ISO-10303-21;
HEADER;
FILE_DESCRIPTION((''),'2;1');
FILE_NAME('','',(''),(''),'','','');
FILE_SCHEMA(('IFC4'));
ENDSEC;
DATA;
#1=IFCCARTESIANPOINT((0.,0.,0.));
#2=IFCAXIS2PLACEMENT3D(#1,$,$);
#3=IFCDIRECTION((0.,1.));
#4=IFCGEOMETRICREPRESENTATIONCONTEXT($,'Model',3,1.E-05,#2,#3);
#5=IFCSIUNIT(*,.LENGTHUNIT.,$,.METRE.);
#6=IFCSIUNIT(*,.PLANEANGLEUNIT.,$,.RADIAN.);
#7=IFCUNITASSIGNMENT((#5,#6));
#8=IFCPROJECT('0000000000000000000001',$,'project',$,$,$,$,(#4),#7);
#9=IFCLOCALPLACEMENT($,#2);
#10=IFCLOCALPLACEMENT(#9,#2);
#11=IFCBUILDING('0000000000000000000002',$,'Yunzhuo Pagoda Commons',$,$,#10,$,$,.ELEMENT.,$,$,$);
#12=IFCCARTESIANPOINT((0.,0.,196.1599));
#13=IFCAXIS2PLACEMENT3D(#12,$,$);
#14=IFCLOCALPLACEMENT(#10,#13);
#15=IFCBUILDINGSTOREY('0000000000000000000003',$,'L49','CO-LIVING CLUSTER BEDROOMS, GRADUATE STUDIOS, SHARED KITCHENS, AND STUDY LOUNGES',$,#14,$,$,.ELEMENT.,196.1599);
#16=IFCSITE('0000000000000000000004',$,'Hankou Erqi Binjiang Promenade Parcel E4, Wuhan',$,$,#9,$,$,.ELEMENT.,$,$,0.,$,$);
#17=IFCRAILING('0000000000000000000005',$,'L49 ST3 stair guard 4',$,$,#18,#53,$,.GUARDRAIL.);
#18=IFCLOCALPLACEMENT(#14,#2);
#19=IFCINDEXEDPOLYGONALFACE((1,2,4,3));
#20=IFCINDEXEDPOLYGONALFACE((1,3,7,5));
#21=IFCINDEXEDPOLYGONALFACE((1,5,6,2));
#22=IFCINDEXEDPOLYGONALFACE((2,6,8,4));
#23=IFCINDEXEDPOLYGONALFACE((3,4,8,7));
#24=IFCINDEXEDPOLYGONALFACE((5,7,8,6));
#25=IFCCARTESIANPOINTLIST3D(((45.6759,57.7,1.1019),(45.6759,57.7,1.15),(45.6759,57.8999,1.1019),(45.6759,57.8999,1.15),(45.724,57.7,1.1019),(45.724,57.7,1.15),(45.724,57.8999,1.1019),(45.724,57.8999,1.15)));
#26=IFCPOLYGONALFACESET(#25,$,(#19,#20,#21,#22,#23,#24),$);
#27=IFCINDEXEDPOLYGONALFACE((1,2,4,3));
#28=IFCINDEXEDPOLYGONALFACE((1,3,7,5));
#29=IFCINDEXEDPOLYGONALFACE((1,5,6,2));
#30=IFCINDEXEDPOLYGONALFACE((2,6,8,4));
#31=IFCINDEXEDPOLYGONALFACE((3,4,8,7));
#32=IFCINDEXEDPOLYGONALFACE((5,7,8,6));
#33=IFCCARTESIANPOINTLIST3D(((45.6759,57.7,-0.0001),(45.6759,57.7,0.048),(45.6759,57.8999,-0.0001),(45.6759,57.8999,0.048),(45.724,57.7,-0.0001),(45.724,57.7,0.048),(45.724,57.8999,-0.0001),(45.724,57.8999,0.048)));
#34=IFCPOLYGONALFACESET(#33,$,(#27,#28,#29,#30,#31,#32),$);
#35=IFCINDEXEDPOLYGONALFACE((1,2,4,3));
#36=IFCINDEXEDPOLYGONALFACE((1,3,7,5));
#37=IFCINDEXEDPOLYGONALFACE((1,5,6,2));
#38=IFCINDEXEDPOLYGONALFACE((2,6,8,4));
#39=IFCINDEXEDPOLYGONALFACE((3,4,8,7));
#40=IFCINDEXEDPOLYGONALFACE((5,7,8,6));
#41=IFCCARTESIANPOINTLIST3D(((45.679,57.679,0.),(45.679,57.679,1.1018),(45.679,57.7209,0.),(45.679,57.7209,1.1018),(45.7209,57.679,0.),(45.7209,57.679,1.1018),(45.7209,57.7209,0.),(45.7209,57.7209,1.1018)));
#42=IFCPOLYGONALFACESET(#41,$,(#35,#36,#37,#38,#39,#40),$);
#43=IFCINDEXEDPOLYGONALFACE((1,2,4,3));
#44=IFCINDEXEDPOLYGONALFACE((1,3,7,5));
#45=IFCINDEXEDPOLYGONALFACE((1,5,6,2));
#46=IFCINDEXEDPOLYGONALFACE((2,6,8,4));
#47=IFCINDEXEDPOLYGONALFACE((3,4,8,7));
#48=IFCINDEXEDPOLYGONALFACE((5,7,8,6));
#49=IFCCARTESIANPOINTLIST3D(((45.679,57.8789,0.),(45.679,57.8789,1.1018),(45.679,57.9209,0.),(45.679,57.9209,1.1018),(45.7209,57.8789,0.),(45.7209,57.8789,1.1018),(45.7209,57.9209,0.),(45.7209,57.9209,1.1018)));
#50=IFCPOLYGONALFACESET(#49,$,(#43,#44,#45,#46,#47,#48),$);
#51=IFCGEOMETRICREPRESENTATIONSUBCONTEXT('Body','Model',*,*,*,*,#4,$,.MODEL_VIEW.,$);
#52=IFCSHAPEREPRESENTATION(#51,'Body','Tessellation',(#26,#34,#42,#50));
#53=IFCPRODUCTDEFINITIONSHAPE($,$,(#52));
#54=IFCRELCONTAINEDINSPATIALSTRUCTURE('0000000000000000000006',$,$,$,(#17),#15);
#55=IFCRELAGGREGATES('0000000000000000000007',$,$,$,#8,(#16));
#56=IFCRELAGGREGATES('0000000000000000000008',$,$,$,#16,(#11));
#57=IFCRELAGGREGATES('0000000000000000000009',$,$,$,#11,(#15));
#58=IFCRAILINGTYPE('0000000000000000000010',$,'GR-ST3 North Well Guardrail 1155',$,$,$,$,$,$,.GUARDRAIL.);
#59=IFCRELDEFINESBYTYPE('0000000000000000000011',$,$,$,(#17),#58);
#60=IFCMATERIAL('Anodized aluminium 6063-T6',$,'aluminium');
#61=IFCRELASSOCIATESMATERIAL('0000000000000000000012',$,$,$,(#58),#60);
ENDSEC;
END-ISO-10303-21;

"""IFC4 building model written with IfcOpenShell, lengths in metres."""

from ifc_helpers import new_model, si_unit, direction, frame, origin, origin_2d, place, context, subcontext, project, spatial, rectangle, extrude, material, type_object, element, save


model = new_model("IFC4")

# Units and contexts
model_context = context("Model", 3, precision=1e-05, world=origin(), true_north=direction((0.0, 1.0)))
body_context = subcontext(model_context, "Body", "Model", "MODEL_VIEW")
ifc_project = project(units=[si_unit("LENGTHUNIT", "METRE"), si_unit("PLANEANGLEUNIT", "RADIAN")], contexts=[model_context])

# Site, building, storey
site_placement = place(None, origin())
site = spatial("IfcSite", under=ifc_project, at=site_placement, Name="Hankou Erqi Binjiang Promenade Parcel E4, Wuhan", CompositionType="ELEMENT", RefElevation=0.0)
building_placement = place(site_placement, origin())
building = spatial("IfcBuilding", under=site, at=building_placement, Name="Yunzhuo Pagoda Commons", CompositionType="ELEMENT")
storey_placement = place(building_placement, frame((0.0, 0.0, 196.1599)))
storey = spatial("IfcBuildingStorey", under=building, at=storey_placement, Name="L49", Description="CO-LIVING CLUSTER BEDROOMS, GRADUATE STUDIOS, SHARED KITCHENS, AND STUDY LOUNGES", CompositionType="ELEMENT", Elevation=196.1599)

# Shared definitions
ifc_material_1 = material(Name="Anodized aluminium 6063-T6", Category="aluminium")

# Railing
railing_type = type_object("IfcRailingType", Name="GR-ST3 North Well Guardrail 1155", PredefinedType="GUARDRAIL", material=ifc_material_1)
railing_placement = place(storey_placement, frame((45.7, 57.7, 0.0)))
element("IfcRailing", 1, at=railing_placement, inside=storey, type_object=railing_type, Name="L49 ST3 stair guard 4", PredefinedType="GUARDRAIL", context=body_context, shape_type="SweptSolid", body=[
    extrude(rectangle(XDim=0.0481, YDim=0.0481, at=origin_2d()), frame((0.0, 0.0, 1.126), z_axis=(0.0, 1.0, 0.0), x_axis=(-1.0, 0.0, 0.0)), (0.0, 0.0, 1.0), 0.2),
    extrude(rectangle(XDim=0.0481, YDim=0.0481, at=origin_2d()), frame((0.0, 0.0, 0.0239), z_axis=(0.0, 1.0, 0.0), x_axis=(-1.0, 0.0, 0.0)), (0.0, 0.0, 1.0), 0.2),
    extrude(rectangle(XDim=0.042, YDim=0.042, at=origin_2d()), origin(), (0.0, 0.0, 1.0), 1.1018),
    extrude(rectangle(XDim=0.042, YDim=0.042, at=origin_2d()), frame((0.0, 0.2, 0.0)), (0.0, 0.0, 1.0), 1.1018),
])

save(model, "model.ifc")
